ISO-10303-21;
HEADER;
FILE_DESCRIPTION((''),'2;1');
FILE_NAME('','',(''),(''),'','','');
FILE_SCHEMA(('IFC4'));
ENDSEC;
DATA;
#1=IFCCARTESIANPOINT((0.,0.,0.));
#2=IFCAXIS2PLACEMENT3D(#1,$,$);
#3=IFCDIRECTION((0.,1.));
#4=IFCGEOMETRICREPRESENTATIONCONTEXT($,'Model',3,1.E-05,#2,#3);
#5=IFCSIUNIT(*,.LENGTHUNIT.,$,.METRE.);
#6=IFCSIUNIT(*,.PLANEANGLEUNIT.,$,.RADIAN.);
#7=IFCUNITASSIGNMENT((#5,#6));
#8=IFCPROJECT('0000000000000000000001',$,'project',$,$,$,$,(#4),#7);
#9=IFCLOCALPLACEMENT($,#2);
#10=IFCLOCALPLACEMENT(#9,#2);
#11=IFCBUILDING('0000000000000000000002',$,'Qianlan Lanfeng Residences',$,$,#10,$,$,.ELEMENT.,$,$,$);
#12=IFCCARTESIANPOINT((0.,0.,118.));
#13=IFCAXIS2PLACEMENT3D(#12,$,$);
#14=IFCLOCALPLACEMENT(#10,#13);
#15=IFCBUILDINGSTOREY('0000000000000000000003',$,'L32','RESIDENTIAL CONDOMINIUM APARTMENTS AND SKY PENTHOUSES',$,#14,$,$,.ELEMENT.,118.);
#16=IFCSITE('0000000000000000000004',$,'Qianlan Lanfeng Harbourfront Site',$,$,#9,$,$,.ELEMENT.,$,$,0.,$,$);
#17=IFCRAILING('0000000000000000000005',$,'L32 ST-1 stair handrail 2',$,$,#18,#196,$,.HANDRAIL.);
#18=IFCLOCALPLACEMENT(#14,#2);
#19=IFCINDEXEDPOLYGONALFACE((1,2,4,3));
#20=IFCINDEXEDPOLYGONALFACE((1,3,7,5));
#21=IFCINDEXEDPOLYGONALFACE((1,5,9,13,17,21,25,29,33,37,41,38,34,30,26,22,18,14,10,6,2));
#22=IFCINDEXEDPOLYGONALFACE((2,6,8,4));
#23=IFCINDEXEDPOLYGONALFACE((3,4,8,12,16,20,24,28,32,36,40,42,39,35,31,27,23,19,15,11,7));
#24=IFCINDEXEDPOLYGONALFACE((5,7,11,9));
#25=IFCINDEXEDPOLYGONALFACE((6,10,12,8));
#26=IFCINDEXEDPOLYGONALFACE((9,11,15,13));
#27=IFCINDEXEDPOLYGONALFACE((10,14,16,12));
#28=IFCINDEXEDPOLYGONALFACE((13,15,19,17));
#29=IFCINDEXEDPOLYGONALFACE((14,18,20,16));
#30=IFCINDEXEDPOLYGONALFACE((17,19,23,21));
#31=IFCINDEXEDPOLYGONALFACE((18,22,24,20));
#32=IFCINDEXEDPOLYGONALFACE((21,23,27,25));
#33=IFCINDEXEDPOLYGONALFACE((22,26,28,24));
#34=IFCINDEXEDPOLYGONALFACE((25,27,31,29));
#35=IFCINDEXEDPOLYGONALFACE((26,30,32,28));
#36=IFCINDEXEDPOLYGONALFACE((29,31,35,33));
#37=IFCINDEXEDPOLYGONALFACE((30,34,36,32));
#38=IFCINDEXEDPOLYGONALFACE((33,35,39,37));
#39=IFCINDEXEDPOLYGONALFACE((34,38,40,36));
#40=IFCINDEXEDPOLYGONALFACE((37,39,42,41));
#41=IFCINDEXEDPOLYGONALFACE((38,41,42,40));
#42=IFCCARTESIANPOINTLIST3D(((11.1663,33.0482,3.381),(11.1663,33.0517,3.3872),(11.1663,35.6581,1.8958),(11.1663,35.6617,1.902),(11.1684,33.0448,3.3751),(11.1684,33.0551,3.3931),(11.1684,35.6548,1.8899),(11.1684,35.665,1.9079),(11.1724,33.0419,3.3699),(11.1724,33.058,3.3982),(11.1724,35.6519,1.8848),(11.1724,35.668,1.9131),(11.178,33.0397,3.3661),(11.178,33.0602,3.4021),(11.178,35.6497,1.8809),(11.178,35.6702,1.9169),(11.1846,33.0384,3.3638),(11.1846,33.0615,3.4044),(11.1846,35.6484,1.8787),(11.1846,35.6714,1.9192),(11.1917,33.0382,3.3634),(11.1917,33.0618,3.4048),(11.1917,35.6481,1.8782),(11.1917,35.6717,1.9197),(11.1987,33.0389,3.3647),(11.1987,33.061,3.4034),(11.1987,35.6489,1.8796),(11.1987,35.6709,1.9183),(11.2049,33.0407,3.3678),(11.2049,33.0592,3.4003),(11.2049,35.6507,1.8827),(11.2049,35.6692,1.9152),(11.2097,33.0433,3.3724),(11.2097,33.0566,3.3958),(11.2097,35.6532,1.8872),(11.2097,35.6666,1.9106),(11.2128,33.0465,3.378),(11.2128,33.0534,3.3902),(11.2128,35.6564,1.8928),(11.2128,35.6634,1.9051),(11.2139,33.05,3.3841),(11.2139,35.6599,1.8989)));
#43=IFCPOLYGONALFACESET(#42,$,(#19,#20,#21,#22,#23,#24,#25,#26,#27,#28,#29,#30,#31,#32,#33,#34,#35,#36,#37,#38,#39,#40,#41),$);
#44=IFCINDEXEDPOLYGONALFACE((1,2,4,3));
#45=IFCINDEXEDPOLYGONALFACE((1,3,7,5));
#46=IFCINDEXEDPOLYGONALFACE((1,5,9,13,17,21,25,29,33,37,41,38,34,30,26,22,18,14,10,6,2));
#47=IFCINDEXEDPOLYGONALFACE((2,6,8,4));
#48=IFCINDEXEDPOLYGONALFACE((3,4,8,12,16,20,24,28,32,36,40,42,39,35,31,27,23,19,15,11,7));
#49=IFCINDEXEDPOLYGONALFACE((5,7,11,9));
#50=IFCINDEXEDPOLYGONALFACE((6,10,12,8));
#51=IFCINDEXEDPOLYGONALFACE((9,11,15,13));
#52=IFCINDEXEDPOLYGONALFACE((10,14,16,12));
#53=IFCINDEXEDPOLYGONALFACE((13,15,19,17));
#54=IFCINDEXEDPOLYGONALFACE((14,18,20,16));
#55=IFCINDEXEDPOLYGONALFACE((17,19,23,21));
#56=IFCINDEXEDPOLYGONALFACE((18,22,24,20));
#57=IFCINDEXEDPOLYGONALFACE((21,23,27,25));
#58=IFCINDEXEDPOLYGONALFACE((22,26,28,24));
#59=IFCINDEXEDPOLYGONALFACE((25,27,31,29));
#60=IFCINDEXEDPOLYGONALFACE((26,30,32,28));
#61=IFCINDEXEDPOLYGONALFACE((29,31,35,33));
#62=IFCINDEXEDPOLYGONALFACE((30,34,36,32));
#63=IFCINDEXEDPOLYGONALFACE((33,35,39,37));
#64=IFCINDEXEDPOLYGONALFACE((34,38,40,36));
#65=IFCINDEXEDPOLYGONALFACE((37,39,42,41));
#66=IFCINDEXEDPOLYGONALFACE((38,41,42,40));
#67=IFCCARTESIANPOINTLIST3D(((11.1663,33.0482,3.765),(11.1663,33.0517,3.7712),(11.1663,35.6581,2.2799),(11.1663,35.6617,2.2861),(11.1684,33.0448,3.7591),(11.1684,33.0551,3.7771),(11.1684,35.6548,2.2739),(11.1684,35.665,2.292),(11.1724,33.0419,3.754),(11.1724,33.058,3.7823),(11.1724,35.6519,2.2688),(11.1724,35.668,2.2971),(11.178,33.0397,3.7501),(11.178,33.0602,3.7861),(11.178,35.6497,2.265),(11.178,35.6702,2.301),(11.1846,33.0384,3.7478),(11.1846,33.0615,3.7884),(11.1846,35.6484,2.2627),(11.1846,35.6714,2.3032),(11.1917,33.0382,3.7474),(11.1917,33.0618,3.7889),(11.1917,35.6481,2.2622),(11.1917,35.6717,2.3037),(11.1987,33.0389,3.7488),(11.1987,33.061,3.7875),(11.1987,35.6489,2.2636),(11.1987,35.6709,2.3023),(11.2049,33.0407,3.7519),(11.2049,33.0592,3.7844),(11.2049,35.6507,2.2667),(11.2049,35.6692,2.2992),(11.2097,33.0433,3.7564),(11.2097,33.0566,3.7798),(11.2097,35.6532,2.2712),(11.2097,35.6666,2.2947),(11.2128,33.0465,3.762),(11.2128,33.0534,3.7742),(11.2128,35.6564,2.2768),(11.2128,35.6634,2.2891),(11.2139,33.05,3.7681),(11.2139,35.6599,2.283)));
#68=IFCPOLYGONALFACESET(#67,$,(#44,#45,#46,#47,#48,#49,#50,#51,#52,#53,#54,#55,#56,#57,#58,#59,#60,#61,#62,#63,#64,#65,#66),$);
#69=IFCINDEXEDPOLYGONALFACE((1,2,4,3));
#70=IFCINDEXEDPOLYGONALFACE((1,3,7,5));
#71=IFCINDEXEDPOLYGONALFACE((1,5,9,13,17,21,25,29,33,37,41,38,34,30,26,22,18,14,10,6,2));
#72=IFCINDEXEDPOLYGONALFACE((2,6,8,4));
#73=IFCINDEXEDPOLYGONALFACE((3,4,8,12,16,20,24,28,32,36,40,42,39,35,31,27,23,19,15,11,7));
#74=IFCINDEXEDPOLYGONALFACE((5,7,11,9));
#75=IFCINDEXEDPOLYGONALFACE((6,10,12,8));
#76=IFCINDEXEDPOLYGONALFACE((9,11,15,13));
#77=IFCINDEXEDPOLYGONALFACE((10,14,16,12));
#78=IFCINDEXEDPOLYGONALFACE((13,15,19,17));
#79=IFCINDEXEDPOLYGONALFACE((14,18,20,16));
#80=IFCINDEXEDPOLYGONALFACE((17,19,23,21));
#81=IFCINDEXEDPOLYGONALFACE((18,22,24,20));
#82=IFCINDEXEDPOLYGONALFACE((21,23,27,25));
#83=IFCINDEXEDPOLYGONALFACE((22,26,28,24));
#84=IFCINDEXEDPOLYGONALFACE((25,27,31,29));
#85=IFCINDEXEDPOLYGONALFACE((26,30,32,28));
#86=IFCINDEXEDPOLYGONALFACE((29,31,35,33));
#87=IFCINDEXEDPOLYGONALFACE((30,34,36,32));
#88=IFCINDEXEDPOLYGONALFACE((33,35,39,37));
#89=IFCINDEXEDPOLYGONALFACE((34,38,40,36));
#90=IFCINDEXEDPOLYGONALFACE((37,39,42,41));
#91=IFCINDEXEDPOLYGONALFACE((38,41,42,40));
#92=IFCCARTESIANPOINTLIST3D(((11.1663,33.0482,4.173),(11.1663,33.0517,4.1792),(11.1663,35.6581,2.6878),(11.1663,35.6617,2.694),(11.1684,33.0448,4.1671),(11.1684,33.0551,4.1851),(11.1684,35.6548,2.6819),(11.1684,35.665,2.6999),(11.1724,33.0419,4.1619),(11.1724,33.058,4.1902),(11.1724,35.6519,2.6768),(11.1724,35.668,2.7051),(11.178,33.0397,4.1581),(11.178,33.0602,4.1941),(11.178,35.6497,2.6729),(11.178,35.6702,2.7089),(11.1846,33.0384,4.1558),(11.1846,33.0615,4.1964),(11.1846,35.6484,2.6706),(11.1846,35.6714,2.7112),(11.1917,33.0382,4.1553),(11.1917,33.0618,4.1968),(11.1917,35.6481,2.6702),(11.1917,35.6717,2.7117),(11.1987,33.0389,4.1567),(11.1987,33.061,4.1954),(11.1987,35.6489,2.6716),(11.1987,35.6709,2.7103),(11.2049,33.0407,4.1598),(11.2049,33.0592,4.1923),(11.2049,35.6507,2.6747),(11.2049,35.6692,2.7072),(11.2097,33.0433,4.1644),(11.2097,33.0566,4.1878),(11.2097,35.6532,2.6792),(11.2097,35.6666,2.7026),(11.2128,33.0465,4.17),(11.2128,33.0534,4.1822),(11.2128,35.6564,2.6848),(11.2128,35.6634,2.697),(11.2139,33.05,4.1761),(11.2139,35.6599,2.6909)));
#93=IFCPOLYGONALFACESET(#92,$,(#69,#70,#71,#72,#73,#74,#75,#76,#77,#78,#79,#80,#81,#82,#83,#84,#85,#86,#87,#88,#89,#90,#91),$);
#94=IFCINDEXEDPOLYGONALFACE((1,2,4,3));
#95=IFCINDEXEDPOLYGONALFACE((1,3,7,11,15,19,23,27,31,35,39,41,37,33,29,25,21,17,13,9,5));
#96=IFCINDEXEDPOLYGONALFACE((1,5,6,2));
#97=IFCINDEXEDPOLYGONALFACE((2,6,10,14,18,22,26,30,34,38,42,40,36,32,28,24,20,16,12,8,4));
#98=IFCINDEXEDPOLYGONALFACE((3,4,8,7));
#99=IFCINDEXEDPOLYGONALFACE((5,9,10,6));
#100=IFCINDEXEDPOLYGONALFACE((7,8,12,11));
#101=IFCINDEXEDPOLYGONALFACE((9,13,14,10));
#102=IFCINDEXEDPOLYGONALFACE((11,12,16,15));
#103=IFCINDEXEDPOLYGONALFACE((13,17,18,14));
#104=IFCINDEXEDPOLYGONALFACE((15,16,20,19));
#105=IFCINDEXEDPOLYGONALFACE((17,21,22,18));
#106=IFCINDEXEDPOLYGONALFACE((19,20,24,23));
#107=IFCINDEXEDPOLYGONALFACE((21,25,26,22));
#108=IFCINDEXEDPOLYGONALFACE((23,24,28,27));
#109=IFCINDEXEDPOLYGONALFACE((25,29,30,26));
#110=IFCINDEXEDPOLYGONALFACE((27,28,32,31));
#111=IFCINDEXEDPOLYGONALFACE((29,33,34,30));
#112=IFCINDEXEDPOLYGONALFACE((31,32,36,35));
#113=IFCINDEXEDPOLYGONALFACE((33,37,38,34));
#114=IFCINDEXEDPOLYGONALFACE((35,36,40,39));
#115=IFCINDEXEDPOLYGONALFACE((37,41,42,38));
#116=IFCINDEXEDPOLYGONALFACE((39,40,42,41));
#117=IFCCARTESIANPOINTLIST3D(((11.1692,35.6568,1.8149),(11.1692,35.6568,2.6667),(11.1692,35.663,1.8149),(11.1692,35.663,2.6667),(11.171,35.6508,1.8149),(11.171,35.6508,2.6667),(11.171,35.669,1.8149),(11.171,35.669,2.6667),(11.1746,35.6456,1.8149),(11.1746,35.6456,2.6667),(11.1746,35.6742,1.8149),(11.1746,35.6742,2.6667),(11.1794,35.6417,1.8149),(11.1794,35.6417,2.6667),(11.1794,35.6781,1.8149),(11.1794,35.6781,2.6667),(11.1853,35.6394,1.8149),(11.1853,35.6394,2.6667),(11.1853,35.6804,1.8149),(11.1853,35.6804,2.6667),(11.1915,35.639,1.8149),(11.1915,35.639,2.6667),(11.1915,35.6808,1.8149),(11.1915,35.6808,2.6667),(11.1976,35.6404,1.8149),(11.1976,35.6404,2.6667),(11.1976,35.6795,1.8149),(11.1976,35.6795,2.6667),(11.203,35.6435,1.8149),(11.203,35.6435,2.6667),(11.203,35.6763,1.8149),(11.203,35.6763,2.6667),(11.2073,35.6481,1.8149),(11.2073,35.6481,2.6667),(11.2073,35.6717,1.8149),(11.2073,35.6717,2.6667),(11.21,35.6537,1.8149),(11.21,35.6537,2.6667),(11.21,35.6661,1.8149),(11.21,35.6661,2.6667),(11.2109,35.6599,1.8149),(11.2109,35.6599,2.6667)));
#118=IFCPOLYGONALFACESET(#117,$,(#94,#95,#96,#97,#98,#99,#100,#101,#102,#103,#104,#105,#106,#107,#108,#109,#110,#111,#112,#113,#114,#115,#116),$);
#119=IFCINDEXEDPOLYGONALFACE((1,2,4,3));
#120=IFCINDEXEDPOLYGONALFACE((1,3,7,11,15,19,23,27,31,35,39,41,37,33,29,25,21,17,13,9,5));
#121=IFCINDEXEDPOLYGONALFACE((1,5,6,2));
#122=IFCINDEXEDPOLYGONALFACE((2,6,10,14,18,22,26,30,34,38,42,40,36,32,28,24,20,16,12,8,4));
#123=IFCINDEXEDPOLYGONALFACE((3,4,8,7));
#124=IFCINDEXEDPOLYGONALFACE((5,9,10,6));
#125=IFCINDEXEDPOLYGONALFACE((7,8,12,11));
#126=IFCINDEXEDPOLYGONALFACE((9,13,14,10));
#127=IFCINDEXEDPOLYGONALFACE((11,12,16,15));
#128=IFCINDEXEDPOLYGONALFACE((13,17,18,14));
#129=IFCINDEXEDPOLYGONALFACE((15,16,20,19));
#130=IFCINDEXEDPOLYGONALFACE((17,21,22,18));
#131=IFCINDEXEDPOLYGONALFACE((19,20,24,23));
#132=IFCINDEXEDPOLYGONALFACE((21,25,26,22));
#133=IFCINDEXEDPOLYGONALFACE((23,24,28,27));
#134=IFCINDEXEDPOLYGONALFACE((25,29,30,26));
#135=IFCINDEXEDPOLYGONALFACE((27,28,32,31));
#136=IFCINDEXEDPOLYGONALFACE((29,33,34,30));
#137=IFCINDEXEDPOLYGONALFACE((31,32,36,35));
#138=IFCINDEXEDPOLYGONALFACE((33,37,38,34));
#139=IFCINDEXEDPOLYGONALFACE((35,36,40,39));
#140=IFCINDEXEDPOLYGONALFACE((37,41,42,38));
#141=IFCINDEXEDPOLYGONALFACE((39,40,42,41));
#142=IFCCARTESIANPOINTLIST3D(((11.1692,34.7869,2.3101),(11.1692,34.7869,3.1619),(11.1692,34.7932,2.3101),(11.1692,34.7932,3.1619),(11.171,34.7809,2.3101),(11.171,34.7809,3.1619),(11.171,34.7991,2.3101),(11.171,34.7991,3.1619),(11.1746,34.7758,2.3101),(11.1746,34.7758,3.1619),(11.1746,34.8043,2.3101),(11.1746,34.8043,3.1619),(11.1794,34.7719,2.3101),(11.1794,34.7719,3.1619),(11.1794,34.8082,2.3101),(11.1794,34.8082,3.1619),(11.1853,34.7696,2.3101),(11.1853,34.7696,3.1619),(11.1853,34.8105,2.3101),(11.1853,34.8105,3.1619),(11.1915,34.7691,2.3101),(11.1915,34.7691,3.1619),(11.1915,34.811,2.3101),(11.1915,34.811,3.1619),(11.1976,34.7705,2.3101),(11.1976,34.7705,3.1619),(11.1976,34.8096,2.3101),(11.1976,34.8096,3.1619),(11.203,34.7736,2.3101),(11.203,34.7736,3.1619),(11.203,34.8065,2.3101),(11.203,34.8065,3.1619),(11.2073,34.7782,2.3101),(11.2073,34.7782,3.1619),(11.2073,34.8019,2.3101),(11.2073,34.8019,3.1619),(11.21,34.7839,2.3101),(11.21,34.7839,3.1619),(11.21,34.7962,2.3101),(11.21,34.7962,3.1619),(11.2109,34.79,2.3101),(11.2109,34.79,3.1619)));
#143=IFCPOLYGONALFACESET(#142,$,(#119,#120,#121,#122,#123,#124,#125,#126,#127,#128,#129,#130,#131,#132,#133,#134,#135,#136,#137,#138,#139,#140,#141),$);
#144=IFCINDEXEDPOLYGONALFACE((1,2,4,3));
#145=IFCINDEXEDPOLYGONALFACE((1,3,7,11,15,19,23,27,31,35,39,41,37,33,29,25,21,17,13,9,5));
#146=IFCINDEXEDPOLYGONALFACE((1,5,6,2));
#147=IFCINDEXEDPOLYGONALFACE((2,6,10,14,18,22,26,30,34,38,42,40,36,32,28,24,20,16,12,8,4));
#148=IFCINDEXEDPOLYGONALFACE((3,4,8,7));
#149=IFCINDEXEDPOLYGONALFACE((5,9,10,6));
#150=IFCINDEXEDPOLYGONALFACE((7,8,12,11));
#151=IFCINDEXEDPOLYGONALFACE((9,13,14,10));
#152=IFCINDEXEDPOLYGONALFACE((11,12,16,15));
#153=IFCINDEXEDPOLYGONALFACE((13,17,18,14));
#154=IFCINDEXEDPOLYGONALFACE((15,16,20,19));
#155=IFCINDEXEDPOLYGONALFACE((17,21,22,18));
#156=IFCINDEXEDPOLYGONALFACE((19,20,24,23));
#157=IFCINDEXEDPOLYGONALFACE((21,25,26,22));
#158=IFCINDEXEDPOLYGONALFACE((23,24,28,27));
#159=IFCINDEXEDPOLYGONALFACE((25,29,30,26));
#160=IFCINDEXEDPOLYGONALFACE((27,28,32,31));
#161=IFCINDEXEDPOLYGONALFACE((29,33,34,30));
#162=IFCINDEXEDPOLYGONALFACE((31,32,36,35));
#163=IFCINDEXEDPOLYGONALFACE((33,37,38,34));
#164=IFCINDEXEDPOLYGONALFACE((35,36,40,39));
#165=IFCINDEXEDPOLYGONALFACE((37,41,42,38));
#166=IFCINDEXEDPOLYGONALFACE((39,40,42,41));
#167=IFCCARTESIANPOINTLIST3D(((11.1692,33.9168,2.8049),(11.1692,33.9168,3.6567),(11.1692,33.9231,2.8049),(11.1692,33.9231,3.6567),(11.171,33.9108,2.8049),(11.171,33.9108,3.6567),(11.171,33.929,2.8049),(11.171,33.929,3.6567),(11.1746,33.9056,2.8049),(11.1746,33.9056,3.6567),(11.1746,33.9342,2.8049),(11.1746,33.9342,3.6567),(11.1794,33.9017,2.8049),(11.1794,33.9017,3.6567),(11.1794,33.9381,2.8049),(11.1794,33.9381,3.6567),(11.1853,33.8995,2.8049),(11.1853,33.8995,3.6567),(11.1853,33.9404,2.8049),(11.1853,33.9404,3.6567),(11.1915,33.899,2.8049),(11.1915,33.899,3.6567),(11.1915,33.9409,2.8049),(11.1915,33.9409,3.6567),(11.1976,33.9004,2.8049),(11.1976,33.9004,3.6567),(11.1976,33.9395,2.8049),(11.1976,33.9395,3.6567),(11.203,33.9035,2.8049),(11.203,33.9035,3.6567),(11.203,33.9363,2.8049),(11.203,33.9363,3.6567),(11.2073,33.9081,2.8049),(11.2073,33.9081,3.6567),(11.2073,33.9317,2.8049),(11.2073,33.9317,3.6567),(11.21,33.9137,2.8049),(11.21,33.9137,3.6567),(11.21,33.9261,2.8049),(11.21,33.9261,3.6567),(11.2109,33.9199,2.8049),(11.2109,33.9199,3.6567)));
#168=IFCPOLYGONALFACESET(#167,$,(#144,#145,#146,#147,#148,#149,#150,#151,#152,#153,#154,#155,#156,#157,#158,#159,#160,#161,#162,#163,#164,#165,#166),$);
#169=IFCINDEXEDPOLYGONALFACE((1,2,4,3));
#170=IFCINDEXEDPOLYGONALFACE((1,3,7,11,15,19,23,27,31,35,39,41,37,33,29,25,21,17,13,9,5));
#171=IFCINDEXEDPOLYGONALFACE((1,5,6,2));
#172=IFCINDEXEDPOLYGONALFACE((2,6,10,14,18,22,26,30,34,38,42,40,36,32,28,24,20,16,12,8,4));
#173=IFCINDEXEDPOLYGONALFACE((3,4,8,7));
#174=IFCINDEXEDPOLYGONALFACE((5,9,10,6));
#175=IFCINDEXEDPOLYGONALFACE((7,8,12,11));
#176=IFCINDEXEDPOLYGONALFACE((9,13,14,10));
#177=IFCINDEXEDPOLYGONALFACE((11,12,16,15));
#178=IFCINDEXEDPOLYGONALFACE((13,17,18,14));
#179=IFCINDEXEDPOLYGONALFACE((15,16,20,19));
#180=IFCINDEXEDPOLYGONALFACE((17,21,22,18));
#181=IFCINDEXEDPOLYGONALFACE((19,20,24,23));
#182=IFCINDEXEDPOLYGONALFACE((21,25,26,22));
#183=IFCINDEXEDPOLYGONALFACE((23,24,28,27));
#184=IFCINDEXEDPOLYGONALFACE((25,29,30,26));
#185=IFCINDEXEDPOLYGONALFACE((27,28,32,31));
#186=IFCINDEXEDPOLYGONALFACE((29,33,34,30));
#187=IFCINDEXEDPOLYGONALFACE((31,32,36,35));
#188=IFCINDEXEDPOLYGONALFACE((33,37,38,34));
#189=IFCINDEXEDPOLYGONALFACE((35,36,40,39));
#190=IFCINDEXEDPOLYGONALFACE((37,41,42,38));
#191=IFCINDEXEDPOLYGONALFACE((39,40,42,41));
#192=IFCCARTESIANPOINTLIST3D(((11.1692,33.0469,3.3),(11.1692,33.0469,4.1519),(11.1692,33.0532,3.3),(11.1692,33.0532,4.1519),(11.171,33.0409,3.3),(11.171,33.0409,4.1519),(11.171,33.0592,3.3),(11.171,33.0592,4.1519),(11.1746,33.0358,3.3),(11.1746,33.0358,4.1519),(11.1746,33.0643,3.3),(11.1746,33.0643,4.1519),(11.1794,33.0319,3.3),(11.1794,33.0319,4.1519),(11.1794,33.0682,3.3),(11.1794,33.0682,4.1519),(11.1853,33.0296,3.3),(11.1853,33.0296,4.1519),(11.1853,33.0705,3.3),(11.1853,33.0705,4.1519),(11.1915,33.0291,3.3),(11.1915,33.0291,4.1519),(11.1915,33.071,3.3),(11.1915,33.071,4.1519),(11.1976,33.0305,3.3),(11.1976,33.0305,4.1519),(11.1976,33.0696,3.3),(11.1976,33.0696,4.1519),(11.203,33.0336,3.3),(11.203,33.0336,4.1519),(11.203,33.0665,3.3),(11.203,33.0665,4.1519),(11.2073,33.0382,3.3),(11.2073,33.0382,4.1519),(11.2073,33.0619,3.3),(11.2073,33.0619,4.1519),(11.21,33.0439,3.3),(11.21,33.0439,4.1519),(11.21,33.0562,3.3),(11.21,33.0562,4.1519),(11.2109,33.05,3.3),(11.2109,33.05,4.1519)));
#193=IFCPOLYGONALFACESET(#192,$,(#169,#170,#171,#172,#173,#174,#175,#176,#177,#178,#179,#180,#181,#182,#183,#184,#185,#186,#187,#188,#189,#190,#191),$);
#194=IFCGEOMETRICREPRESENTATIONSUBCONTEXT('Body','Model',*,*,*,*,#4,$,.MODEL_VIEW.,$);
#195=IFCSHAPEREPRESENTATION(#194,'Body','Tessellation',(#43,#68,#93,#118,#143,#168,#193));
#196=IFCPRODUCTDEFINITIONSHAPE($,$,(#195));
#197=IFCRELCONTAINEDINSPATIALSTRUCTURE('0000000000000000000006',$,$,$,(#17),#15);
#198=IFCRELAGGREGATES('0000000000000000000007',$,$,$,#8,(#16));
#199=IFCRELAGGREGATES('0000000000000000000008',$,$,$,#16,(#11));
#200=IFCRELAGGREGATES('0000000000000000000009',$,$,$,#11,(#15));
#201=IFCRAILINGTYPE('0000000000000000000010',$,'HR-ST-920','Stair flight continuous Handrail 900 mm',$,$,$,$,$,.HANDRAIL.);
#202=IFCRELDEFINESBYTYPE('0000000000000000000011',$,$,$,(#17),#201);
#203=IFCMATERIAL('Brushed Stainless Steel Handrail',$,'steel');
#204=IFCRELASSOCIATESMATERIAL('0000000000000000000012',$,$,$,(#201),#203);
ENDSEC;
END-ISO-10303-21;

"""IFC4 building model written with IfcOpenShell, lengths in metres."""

from ifc_helpers import new_model, si_unit, direction, frame, origin, origin_2d, place, context, subcontext, project, spatial, circle, extrude, material, type_object, element, save


model = new_model("IFC4")

# Units and contexts
model_context = context("Model", 3, precision=1e-05, world=origin(), true_north=direction((0.0, 1.0)))
body_context = subcontext(model_context, "Body", "Model", "MODEL_VIEW")
ifc_project = project(units=[si_unit("LENGTHUNIT", "METRE"), si_unit("PLANEANGLEUNIT", "RADIAN")], contexts=[model_context])

# Site, building, storey
site_placement = place(None, origin())
site = spatial("IfcSite", under=ifc_project, at=site_placement, Name="Qianlan Lanfeng Harbourfront Site", CompositionType="ELEMENT", RefElevation=0.0)
building_placement = place(site_placement, origin())
building = spatial("IfcBuilding", under=site, at=building_placement, Name="Qianlan Lanfeng Residences", CompositionType="ELEMENT")
storey_placement = place(building_placement, frame((0.0, 0.0, 118.0)))
storey = spatial("IfcBuildingStorey", under=building, at=storey_placement, Name="L32", Description="RESIDENTIAL CONDOMINIUM APARTMENTS AND SKY PENTHOUSES", CompositionType="ELEMENT", Elevation=118.0)

# Railing
ifc_material_1 = material(Name="Brushed Stainless Steel Handrail", Category="steel")
railing_type_1 = type_object("IfcRailingType", Name="HR-ST-920", Description="Stair flight continuous Handrail 900 mm", PredefinedType="HANDRAIL", material=ifc_material_1)
railing_1_placement = place(storey_placement, frame((11.1899, 35.6599, 1.8149)))
element("IfcRailing", 1, at=railing_1_placement, inside=storey, type_object=railing_type_1, Name="L32 ST-1 stair handrail 2", PredefinedType="HANDRAIL", context=body_context, shape_type="SweptSolid", body=[
    extrude(circle(Radius=0.0239, at=origin_2d()), frame((0.0, 0.0, 0.084), z_axis=(0.0, -0.869137, 0.494571), x_axis=(1.0, 0.0, 0.0)), (0.0, 0.0, 1.0), 3.0029),
    extrude(circle(Radius=0.0239, at=origin_2d()), frame((0.0, 0.0, 0.468), z_axis=(0.0, -0.869137, 0.494571), x_axis=(1.0, 0.0, 0.0)), (0.0, 0.0, 1.0), 3.0029),
    extrude(circle(Radius=0.0239, at=origin_2d()), frame((0.0, 0.0, 0.876), z_axis=(0.0, -0.869137, 0.494571), x_axis=(1.0, 0.0, 0.0)), (0.0, 0.0, 1.0), 3.0029),
    extrude(circle(Radius=0.021, at=origin_2d()), origin(), (0.0, 0.0, 1.0), 0.8518),
    extrude(circle(Radius=0.021, at=origin_2d()), frame((0.0, -0.8699, 0.4951)), (0.0, 0.0, 1.0), 0.8518),
    extrude(circle(Radius=0.021, at=origin_2d()), frame((0.0, -1.74, 0.99)), (0.0, 0.0, 1.0), 0.8518),
    extrude(circle(Radius=0.021, at=origin_2d()), frame((0.0, -2.6099, 1.4851)), (0.0, 0.0, 1.0), 0.8518),
])

save(model, "model.ifc")
